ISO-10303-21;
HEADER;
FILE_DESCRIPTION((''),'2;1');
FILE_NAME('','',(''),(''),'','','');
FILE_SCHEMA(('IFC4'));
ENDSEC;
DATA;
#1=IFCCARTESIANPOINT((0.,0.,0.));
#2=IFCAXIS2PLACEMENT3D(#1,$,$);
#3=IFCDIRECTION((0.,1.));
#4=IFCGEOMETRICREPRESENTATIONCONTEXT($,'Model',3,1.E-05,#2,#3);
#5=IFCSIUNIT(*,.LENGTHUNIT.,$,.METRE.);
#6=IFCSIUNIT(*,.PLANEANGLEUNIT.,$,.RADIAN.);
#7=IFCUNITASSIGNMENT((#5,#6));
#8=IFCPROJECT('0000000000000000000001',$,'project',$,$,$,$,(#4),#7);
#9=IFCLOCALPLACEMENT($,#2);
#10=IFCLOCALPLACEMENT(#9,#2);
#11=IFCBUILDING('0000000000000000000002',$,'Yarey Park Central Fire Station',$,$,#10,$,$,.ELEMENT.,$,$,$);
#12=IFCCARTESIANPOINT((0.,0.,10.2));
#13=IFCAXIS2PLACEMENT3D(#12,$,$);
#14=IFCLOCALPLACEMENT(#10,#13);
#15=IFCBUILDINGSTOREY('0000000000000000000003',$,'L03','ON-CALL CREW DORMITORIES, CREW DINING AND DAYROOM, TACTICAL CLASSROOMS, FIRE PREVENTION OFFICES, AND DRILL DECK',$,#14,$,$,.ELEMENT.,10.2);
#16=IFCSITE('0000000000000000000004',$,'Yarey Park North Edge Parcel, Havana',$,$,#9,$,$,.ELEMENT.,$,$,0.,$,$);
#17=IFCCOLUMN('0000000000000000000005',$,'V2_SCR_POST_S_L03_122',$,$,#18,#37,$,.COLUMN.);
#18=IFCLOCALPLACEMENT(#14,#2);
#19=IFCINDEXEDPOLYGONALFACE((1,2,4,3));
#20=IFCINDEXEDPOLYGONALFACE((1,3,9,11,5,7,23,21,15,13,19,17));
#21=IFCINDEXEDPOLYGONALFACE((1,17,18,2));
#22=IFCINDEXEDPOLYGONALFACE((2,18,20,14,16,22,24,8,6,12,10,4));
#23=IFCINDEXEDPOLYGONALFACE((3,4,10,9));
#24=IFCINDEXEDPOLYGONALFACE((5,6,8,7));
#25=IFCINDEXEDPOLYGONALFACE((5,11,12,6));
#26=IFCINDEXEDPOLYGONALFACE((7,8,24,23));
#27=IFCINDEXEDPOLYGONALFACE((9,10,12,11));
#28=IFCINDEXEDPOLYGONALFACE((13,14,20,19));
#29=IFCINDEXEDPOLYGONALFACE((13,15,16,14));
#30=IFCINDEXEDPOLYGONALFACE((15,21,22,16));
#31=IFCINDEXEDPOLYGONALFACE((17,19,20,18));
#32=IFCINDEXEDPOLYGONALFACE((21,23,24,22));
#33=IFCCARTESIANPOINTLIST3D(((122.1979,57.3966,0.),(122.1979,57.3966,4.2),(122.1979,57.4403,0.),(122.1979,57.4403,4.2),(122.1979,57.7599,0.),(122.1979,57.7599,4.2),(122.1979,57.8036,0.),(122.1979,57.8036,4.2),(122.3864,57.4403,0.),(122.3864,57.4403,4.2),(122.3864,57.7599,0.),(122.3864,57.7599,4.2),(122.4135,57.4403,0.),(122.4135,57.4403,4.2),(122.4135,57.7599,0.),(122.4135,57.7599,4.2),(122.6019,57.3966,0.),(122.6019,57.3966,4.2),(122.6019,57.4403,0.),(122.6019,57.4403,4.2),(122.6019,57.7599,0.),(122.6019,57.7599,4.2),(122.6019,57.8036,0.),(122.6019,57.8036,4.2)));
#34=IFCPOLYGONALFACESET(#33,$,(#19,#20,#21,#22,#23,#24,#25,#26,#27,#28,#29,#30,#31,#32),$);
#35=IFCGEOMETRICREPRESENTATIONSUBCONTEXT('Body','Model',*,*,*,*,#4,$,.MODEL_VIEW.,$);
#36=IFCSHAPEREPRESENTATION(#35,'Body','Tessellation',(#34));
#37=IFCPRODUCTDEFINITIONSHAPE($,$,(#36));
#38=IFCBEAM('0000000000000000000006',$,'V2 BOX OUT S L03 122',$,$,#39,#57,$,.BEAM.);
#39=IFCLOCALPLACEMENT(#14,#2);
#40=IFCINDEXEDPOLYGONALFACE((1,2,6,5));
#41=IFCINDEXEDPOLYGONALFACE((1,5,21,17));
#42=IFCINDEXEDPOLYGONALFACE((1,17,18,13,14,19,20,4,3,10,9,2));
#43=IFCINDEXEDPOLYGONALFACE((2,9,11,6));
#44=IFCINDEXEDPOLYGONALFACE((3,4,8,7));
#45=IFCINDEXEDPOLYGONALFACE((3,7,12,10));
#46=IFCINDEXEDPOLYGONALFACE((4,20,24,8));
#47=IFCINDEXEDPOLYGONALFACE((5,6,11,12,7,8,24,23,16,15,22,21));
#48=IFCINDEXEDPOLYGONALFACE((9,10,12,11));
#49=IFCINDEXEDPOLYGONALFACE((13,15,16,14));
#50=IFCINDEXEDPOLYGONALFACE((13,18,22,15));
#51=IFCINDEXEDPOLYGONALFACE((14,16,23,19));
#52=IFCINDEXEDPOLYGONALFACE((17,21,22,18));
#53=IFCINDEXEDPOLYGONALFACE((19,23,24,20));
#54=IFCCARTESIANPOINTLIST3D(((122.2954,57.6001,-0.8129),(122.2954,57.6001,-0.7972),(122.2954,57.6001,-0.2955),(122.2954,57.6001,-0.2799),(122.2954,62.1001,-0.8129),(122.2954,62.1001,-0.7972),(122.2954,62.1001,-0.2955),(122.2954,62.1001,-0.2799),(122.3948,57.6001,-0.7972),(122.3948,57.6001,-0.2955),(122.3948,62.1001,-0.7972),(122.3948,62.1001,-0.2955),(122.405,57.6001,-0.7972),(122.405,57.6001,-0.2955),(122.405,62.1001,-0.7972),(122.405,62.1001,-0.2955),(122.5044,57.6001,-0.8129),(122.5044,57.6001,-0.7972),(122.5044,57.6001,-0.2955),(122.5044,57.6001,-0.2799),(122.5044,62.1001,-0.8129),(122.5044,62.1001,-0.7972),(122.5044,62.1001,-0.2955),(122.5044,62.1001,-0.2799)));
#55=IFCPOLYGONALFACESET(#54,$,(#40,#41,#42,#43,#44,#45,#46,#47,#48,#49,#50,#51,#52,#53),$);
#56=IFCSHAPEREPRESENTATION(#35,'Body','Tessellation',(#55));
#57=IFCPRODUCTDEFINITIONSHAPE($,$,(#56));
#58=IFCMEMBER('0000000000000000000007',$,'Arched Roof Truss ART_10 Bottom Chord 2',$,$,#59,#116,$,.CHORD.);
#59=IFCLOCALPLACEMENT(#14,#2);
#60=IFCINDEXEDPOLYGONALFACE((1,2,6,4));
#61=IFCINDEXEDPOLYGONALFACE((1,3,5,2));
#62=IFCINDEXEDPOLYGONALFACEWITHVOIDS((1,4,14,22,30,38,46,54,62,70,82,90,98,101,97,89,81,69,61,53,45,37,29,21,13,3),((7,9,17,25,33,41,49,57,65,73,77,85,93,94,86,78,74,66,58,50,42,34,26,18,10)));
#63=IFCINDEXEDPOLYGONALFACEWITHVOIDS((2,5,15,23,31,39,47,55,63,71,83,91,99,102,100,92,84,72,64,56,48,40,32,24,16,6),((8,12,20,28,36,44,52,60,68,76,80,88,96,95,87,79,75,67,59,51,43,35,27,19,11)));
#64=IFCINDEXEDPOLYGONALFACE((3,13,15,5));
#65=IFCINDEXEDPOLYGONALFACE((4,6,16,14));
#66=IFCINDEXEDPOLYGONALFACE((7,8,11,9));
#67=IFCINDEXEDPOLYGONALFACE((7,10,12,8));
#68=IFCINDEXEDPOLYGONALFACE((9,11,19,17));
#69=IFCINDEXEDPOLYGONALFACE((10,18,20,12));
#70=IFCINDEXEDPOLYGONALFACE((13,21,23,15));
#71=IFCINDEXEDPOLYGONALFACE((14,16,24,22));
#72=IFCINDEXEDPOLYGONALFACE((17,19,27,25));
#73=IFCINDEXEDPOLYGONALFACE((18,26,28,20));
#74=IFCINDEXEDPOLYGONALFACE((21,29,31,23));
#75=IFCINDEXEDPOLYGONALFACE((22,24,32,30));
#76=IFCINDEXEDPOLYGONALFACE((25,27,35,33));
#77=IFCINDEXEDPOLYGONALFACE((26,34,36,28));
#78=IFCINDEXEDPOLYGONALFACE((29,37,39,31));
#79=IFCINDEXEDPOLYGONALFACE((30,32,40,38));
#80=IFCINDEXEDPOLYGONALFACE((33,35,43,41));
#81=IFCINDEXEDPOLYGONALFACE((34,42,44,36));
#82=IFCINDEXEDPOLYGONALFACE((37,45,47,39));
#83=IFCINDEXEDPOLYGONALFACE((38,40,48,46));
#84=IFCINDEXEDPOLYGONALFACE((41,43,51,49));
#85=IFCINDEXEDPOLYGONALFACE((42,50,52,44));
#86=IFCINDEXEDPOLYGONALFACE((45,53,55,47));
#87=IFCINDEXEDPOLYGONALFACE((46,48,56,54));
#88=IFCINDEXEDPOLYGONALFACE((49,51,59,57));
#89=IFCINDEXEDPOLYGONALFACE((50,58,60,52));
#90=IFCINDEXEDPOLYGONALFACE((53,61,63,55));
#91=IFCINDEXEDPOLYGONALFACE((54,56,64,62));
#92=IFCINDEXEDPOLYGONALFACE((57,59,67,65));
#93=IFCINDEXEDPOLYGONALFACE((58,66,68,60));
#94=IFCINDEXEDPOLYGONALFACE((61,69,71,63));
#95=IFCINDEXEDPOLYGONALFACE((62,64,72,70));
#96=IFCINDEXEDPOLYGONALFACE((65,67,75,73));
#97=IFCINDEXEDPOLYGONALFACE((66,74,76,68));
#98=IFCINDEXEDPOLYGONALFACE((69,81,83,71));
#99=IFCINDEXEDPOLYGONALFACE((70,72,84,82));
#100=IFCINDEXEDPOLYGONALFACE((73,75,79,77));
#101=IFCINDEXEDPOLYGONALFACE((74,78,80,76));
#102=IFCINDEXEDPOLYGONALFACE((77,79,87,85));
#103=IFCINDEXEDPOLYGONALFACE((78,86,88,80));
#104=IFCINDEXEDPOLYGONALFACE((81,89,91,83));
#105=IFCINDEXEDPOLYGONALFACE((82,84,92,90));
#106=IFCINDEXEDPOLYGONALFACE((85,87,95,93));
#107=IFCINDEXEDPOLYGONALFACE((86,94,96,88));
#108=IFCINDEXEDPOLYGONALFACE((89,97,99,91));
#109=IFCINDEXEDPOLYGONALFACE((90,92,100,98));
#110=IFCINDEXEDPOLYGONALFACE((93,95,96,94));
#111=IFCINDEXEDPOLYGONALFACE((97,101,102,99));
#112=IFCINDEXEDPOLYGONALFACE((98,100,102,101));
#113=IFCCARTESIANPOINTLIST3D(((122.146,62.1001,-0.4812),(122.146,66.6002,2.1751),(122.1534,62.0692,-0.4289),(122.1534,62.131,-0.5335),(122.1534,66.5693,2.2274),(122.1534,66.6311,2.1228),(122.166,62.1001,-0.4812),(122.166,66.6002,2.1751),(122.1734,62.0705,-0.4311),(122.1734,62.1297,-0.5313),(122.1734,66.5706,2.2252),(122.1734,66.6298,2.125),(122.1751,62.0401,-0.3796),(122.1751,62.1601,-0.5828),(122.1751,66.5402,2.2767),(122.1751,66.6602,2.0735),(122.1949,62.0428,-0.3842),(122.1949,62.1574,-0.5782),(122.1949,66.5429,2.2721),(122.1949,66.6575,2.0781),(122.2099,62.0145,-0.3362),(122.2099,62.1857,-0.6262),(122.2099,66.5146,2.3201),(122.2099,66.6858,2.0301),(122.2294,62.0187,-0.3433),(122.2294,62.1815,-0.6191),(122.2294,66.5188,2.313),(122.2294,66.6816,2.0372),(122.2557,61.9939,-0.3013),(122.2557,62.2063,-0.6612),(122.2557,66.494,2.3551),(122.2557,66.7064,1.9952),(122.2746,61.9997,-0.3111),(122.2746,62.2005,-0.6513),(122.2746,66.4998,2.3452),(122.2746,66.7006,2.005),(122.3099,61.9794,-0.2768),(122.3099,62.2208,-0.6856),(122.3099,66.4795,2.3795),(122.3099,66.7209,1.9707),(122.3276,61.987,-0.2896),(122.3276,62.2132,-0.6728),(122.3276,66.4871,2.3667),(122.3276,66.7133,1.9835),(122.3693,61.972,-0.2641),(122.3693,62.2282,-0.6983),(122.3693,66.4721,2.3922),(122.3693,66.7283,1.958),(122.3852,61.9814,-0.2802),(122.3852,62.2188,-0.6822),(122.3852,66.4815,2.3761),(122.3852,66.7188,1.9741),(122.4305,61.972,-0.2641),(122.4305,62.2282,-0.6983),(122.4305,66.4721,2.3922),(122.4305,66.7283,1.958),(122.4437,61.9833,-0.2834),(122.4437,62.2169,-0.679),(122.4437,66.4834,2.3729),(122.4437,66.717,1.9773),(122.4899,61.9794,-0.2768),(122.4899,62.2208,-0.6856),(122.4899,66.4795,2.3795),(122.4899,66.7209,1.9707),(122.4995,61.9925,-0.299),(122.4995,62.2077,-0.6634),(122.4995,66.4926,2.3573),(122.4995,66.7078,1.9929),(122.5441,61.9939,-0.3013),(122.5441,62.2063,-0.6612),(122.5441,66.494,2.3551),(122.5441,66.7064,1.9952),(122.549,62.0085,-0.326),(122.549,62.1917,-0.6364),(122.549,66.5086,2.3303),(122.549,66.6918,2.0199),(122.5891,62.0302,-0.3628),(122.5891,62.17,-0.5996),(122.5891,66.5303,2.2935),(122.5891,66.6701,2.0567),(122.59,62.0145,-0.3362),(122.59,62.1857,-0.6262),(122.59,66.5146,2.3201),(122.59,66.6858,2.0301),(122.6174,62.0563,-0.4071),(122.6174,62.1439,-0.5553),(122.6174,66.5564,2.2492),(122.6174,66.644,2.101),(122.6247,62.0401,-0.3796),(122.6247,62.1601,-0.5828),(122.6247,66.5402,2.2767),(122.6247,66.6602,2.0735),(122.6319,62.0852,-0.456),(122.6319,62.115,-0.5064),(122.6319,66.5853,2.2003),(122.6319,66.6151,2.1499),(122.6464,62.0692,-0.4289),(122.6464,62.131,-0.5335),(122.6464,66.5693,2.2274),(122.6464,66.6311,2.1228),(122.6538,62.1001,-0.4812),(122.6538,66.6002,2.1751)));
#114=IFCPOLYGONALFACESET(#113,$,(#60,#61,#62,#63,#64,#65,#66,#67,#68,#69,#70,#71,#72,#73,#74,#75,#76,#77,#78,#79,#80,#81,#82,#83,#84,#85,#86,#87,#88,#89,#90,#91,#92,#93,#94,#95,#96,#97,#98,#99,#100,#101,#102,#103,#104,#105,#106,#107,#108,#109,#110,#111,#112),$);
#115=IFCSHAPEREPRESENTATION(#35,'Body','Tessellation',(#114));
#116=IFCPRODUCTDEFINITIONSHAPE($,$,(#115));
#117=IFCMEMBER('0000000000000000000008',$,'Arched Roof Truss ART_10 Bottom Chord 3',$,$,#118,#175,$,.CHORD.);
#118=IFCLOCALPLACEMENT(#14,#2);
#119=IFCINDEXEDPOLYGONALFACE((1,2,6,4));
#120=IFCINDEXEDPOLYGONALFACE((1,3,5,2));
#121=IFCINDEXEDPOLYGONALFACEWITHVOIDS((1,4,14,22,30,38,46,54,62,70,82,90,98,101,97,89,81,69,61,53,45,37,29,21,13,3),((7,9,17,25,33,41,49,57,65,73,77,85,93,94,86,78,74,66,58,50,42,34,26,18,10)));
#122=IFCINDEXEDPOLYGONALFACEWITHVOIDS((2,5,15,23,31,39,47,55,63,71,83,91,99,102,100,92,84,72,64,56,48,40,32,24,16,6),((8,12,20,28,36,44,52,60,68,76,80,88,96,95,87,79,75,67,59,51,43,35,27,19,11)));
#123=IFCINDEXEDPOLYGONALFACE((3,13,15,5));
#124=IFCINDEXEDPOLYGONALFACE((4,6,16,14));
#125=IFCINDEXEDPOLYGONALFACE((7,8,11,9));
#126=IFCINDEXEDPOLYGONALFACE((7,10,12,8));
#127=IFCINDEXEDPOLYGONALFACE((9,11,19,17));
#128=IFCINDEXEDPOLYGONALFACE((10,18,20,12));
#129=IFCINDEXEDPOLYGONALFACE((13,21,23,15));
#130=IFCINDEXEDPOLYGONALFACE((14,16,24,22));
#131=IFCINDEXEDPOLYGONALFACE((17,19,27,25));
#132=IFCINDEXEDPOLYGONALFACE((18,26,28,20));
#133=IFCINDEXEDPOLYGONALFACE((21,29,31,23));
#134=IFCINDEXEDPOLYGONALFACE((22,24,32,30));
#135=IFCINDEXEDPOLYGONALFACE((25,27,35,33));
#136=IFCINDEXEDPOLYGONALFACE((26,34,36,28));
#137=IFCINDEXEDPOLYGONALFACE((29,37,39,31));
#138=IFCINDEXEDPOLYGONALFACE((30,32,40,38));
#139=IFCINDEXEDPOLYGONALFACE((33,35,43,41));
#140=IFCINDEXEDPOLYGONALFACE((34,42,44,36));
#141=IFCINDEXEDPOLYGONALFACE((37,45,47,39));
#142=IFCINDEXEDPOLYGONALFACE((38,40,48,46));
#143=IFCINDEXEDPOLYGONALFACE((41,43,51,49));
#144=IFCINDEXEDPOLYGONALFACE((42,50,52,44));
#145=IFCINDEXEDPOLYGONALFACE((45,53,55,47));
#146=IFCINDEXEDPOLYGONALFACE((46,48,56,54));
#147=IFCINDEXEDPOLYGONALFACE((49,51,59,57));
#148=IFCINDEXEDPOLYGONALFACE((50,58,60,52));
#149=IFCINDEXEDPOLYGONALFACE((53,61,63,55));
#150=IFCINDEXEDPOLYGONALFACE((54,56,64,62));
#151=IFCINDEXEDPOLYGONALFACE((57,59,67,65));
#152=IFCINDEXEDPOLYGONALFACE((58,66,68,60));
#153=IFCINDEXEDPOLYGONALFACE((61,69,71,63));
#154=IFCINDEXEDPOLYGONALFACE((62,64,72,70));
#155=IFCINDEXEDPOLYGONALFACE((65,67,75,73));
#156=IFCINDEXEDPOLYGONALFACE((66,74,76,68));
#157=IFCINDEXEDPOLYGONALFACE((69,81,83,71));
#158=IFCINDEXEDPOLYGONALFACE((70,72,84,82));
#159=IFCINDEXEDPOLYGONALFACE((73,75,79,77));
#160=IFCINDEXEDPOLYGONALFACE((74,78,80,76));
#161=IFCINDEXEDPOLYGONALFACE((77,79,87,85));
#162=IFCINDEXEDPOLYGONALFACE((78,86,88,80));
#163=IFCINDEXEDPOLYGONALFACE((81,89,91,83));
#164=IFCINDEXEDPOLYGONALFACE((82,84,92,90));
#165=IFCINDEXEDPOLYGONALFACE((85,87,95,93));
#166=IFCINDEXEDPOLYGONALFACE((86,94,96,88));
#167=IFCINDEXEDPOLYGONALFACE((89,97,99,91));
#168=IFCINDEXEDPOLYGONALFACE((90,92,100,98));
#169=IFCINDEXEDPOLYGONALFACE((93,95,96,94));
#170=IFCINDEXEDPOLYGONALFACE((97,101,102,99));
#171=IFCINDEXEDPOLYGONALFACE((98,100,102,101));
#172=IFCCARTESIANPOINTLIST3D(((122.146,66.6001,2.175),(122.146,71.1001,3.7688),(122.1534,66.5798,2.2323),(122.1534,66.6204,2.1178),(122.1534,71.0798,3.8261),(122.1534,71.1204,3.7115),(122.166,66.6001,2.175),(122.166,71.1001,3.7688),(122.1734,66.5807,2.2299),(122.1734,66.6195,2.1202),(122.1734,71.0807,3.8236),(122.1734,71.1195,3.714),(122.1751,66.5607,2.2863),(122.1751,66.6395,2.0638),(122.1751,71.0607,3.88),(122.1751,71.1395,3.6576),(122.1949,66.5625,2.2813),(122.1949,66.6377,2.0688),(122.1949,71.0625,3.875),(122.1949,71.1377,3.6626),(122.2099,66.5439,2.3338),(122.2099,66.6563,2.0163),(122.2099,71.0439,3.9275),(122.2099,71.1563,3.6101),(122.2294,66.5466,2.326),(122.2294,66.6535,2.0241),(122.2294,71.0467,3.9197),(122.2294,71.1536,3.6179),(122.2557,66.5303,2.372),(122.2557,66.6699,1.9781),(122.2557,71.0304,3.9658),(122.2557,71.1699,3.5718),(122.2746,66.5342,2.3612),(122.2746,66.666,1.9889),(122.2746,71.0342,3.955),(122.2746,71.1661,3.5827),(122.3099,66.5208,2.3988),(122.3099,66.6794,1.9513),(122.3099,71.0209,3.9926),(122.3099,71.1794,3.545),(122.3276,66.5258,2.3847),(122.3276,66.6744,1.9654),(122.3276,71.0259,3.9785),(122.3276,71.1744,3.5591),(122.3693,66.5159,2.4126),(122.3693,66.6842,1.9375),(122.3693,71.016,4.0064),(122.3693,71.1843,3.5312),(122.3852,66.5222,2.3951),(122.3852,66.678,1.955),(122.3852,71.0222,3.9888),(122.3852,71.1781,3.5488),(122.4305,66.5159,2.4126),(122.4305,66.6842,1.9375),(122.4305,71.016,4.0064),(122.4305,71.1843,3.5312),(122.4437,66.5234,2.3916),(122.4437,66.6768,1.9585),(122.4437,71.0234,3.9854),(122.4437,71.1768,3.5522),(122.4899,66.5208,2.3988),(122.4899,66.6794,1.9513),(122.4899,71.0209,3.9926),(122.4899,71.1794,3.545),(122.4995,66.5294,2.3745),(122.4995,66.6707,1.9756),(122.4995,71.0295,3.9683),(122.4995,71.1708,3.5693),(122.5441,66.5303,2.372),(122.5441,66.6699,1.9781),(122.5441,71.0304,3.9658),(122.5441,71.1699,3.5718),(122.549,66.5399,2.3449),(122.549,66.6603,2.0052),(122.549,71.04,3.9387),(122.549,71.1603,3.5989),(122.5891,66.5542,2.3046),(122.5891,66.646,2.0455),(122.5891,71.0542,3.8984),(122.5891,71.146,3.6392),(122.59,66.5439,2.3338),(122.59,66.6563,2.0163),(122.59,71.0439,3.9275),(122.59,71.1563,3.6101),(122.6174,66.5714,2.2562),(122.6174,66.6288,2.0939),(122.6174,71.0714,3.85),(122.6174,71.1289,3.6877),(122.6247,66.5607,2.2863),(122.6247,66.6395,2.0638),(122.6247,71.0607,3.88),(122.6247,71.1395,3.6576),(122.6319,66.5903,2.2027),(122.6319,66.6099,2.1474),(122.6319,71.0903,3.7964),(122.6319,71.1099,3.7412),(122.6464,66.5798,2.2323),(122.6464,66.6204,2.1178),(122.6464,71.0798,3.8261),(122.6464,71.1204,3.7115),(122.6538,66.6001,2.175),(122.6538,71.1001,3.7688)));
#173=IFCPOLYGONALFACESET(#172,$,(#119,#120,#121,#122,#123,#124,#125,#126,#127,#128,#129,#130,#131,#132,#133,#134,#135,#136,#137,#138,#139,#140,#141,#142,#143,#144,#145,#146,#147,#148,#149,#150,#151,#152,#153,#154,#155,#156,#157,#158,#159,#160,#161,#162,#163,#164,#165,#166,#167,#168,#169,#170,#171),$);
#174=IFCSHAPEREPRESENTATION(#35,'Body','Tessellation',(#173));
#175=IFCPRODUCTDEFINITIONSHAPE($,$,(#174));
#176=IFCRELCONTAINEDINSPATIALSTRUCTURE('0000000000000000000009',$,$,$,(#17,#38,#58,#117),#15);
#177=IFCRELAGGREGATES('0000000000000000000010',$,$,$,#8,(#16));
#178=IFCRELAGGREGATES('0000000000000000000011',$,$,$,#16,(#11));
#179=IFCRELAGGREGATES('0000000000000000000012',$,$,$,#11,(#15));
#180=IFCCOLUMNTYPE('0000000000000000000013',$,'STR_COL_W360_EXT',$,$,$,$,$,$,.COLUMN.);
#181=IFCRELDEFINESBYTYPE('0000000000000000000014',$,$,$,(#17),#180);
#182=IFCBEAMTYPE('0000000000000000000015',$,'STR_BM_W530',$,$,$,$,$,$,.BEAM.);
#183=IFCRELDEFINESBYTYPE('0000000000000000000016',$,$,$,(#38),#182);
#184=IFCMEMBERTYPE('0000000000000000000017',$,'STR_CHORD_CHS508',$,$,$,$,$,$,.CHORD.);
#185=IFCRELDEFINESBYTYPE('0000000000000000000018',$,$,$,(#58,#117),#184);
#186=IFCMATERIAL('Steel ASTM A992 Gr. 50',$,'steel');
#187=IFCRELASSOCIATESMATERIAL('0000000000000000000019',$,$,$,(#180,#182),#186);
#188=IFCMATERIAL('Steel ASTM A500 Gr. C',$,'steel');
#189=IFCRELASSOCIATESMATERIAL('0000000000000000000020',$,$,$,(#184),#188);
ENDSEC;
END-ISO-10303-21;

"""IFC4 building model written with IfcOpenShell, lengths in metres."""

from ifc_helpers import new_model, si_unit, direction, frame, origin, origin_2d, place, context, subcontext, project, spatial, hollow_circle, i_section, extrude, material, material_profile, profile_set, type_object, element, save


model = new_model("IFC4")

# Units and contexts
model_context = context("Model", 3, precision=1e-05, world=origin(), true_north=direction((0.0, 1.0)))
body_context = subcontext(model_context, "Body", "Model", "MODEL_VIEW")
ifc_project = project(units=[si_unit("LENGTHUNIT", "METRE"), si_unit("PLANEANGLEUNIT", "RADIAN")], contexts=[model_context])

# Site, building, storey
site_placement = place(None, origin())
site = spatial("IfcSite", under=ifc_project, at=site_placement, Name="Yarey Park North Edge Parcel, Havana", CompositionType="ELEMENT", RefElevation=0.0)
building_placement = place(site_placement, origin())
building = spatial("IfcBuilding", under=site, at=building_placement, Name="Yarey Park Central Fire Station", CompositionType="ELEMENT")
storey_placement = place(building_placement, frame((0.0, 0.0, 10.2)))
storey = spatial("IfcBuildingStorey", under=building, at=storey_placement, Name="L03", Description="ON-CALL CREW DORMITORIES, CREW DINING AND DAYROOM, TACTICAL CLASSROOMS, FIRE PREVENTION OFFICES, AND DRILL DECK", CompositionType="ELEMENT", Elevation=10.2)

# Column
ifc_material_1 = material(Name="Steel ASTM A992 Gr. 50", Category="steel")
ifc_material_profile_1 = material_profile(ifc_material_1, i_section(OverallWidth=0.4041, OverallDepth=0.407, WebThickness=0.0271, FlangeThickness=0.0437, at=origin_2d()), Name="W360x347")
ifc_profile_set_1 = profile_set([ifc_material_profile_1], Name="Steel ASTM A992 Gr. 50")
column_type = type_object("IfcColumnType", Name="STR_COL_W360_EXT", PredefinedType="COLUMN", material=ifc_profile_set_1)
column_placement = place(storey_placement, frame((122.3999, 57.6001, 0.0), z_axis=(0.0, 0.0, 1.0), x_axis=(1.0, 0.0, 0.0)))
element("IfcColumn", 1, at=column_placement, inside=storey, type_object=column_type, Name="V2_SCR_POST_S_L03_122", PredefinedType="COLUMN", context=body_context, shape_type="SweptSolid", body=[
    extrude(i_section(OverallWidth=0.4041, OverallDepth=0.407, WebThickness=0.0271, FlangeThickness=0.0437, at=origin_2d()), origin(), (0.0, 0.0, 1.0), 4.2),
])

# Beam
ifc_material_profile_2 = material_profile(ifc_material_1, i_section(OverallWidth=0.209, OverallDepth=0.533, WebThickness=0.0103, FlangeThickness=0.0156, at=origin_2d()), Name="W530x92")
ifc_profile_set_2 = profile_set([ifc_material_profile_2], Name="Steel ASTM A992 Gr. 50")
beam_type_1 = type_object("IfcBeamType", Name="STR_BM_W530", PredefinedType="BEAM", material=ifc_profile_set_2)
beam_1_placement = place(storey_placement, frame((122.3999, 57.6001, -0.5464), z_axis=(0.0, 1.0, 0.0), x_axis=(-1.0, 0.0, 0.0)))
element("IfcBeam", 2, at=beam_1_placement, inside=storey, type_object=beam_type_1, Name="V2 BOX OUT S L03 122", PredefinedType="BEAM", context=body_context, shape_type="SweptSolid", body=[
    extrude(i_section(OverallWidth=0.209, OverallDepth=0.533, WebThickness=0.0103, FlangeThickness=0.0156, at=origin_2d()), origin(), (0.0, 0.0, 1.0), 4.5),
])

# Members
ifc_material_2 = material(Name="Steel ASTM A500 Gr. C", Category="steel")
ifc_material_profile_3 = material_profile(ifc_material_2, hollow_circle(Radius=0.2539, WallThickness=0.02, at=origin_2d()), Name="CHS 508x20")
ifc_profile_set_3 = profile_set([ifc_material_profile_3], Name="Steel ASTM A500 Gr. C")
member_type_1 = type_object("IfcMemberType", Name="STR_CHORD_CHS508", PredefinedType="CHORD", material=ifc_profile_set_3)
member_1_placement = place(storey_placement, frame((122.3999, 62.1001, -0.4812), z_axis=(0.0, 0.861165, 0.508326), x_axis=(-1.0, 0.0, 0.0)))
element("IfcMember", 3, at=member_1_placement, inside=storey, type_object=member_type_1, Name="Arched Roof Truss ART_10 Bottom Chord 2", PredefinedType="CHORD", context=body_context, shape_type="SweptSolid", body=[
    extrude(hollow_circle(Radius=0.2539, WallThickness=0.02, at=origin_2d()), origin(), (0.0, 0.0, 1.0), 5.2256),
])
member_2_placement = place(storey_placement, frame((122.3999, 66.6001, 2.175), z_axis=(0.0, 0.942627, 0.333847), x_axis=(-1.0, 0.0, 0.0)))
element("IfcMember", 4, at=member_2_placement, inside=storey, type_object=member_type_1, Name="Arched Roof Truss ART_10 Bottom Chord 3", PredefinedType="CHORD", context=body_context, shape_type="SweptSolid", body=[
    extrude(hollow_circle(Radius=0.2539, WallThickness=0.02, at=origin_2d()), origin(), (0.0, 0.0, 1.0), 4.7739),
])

save(model, "model.ifc")
